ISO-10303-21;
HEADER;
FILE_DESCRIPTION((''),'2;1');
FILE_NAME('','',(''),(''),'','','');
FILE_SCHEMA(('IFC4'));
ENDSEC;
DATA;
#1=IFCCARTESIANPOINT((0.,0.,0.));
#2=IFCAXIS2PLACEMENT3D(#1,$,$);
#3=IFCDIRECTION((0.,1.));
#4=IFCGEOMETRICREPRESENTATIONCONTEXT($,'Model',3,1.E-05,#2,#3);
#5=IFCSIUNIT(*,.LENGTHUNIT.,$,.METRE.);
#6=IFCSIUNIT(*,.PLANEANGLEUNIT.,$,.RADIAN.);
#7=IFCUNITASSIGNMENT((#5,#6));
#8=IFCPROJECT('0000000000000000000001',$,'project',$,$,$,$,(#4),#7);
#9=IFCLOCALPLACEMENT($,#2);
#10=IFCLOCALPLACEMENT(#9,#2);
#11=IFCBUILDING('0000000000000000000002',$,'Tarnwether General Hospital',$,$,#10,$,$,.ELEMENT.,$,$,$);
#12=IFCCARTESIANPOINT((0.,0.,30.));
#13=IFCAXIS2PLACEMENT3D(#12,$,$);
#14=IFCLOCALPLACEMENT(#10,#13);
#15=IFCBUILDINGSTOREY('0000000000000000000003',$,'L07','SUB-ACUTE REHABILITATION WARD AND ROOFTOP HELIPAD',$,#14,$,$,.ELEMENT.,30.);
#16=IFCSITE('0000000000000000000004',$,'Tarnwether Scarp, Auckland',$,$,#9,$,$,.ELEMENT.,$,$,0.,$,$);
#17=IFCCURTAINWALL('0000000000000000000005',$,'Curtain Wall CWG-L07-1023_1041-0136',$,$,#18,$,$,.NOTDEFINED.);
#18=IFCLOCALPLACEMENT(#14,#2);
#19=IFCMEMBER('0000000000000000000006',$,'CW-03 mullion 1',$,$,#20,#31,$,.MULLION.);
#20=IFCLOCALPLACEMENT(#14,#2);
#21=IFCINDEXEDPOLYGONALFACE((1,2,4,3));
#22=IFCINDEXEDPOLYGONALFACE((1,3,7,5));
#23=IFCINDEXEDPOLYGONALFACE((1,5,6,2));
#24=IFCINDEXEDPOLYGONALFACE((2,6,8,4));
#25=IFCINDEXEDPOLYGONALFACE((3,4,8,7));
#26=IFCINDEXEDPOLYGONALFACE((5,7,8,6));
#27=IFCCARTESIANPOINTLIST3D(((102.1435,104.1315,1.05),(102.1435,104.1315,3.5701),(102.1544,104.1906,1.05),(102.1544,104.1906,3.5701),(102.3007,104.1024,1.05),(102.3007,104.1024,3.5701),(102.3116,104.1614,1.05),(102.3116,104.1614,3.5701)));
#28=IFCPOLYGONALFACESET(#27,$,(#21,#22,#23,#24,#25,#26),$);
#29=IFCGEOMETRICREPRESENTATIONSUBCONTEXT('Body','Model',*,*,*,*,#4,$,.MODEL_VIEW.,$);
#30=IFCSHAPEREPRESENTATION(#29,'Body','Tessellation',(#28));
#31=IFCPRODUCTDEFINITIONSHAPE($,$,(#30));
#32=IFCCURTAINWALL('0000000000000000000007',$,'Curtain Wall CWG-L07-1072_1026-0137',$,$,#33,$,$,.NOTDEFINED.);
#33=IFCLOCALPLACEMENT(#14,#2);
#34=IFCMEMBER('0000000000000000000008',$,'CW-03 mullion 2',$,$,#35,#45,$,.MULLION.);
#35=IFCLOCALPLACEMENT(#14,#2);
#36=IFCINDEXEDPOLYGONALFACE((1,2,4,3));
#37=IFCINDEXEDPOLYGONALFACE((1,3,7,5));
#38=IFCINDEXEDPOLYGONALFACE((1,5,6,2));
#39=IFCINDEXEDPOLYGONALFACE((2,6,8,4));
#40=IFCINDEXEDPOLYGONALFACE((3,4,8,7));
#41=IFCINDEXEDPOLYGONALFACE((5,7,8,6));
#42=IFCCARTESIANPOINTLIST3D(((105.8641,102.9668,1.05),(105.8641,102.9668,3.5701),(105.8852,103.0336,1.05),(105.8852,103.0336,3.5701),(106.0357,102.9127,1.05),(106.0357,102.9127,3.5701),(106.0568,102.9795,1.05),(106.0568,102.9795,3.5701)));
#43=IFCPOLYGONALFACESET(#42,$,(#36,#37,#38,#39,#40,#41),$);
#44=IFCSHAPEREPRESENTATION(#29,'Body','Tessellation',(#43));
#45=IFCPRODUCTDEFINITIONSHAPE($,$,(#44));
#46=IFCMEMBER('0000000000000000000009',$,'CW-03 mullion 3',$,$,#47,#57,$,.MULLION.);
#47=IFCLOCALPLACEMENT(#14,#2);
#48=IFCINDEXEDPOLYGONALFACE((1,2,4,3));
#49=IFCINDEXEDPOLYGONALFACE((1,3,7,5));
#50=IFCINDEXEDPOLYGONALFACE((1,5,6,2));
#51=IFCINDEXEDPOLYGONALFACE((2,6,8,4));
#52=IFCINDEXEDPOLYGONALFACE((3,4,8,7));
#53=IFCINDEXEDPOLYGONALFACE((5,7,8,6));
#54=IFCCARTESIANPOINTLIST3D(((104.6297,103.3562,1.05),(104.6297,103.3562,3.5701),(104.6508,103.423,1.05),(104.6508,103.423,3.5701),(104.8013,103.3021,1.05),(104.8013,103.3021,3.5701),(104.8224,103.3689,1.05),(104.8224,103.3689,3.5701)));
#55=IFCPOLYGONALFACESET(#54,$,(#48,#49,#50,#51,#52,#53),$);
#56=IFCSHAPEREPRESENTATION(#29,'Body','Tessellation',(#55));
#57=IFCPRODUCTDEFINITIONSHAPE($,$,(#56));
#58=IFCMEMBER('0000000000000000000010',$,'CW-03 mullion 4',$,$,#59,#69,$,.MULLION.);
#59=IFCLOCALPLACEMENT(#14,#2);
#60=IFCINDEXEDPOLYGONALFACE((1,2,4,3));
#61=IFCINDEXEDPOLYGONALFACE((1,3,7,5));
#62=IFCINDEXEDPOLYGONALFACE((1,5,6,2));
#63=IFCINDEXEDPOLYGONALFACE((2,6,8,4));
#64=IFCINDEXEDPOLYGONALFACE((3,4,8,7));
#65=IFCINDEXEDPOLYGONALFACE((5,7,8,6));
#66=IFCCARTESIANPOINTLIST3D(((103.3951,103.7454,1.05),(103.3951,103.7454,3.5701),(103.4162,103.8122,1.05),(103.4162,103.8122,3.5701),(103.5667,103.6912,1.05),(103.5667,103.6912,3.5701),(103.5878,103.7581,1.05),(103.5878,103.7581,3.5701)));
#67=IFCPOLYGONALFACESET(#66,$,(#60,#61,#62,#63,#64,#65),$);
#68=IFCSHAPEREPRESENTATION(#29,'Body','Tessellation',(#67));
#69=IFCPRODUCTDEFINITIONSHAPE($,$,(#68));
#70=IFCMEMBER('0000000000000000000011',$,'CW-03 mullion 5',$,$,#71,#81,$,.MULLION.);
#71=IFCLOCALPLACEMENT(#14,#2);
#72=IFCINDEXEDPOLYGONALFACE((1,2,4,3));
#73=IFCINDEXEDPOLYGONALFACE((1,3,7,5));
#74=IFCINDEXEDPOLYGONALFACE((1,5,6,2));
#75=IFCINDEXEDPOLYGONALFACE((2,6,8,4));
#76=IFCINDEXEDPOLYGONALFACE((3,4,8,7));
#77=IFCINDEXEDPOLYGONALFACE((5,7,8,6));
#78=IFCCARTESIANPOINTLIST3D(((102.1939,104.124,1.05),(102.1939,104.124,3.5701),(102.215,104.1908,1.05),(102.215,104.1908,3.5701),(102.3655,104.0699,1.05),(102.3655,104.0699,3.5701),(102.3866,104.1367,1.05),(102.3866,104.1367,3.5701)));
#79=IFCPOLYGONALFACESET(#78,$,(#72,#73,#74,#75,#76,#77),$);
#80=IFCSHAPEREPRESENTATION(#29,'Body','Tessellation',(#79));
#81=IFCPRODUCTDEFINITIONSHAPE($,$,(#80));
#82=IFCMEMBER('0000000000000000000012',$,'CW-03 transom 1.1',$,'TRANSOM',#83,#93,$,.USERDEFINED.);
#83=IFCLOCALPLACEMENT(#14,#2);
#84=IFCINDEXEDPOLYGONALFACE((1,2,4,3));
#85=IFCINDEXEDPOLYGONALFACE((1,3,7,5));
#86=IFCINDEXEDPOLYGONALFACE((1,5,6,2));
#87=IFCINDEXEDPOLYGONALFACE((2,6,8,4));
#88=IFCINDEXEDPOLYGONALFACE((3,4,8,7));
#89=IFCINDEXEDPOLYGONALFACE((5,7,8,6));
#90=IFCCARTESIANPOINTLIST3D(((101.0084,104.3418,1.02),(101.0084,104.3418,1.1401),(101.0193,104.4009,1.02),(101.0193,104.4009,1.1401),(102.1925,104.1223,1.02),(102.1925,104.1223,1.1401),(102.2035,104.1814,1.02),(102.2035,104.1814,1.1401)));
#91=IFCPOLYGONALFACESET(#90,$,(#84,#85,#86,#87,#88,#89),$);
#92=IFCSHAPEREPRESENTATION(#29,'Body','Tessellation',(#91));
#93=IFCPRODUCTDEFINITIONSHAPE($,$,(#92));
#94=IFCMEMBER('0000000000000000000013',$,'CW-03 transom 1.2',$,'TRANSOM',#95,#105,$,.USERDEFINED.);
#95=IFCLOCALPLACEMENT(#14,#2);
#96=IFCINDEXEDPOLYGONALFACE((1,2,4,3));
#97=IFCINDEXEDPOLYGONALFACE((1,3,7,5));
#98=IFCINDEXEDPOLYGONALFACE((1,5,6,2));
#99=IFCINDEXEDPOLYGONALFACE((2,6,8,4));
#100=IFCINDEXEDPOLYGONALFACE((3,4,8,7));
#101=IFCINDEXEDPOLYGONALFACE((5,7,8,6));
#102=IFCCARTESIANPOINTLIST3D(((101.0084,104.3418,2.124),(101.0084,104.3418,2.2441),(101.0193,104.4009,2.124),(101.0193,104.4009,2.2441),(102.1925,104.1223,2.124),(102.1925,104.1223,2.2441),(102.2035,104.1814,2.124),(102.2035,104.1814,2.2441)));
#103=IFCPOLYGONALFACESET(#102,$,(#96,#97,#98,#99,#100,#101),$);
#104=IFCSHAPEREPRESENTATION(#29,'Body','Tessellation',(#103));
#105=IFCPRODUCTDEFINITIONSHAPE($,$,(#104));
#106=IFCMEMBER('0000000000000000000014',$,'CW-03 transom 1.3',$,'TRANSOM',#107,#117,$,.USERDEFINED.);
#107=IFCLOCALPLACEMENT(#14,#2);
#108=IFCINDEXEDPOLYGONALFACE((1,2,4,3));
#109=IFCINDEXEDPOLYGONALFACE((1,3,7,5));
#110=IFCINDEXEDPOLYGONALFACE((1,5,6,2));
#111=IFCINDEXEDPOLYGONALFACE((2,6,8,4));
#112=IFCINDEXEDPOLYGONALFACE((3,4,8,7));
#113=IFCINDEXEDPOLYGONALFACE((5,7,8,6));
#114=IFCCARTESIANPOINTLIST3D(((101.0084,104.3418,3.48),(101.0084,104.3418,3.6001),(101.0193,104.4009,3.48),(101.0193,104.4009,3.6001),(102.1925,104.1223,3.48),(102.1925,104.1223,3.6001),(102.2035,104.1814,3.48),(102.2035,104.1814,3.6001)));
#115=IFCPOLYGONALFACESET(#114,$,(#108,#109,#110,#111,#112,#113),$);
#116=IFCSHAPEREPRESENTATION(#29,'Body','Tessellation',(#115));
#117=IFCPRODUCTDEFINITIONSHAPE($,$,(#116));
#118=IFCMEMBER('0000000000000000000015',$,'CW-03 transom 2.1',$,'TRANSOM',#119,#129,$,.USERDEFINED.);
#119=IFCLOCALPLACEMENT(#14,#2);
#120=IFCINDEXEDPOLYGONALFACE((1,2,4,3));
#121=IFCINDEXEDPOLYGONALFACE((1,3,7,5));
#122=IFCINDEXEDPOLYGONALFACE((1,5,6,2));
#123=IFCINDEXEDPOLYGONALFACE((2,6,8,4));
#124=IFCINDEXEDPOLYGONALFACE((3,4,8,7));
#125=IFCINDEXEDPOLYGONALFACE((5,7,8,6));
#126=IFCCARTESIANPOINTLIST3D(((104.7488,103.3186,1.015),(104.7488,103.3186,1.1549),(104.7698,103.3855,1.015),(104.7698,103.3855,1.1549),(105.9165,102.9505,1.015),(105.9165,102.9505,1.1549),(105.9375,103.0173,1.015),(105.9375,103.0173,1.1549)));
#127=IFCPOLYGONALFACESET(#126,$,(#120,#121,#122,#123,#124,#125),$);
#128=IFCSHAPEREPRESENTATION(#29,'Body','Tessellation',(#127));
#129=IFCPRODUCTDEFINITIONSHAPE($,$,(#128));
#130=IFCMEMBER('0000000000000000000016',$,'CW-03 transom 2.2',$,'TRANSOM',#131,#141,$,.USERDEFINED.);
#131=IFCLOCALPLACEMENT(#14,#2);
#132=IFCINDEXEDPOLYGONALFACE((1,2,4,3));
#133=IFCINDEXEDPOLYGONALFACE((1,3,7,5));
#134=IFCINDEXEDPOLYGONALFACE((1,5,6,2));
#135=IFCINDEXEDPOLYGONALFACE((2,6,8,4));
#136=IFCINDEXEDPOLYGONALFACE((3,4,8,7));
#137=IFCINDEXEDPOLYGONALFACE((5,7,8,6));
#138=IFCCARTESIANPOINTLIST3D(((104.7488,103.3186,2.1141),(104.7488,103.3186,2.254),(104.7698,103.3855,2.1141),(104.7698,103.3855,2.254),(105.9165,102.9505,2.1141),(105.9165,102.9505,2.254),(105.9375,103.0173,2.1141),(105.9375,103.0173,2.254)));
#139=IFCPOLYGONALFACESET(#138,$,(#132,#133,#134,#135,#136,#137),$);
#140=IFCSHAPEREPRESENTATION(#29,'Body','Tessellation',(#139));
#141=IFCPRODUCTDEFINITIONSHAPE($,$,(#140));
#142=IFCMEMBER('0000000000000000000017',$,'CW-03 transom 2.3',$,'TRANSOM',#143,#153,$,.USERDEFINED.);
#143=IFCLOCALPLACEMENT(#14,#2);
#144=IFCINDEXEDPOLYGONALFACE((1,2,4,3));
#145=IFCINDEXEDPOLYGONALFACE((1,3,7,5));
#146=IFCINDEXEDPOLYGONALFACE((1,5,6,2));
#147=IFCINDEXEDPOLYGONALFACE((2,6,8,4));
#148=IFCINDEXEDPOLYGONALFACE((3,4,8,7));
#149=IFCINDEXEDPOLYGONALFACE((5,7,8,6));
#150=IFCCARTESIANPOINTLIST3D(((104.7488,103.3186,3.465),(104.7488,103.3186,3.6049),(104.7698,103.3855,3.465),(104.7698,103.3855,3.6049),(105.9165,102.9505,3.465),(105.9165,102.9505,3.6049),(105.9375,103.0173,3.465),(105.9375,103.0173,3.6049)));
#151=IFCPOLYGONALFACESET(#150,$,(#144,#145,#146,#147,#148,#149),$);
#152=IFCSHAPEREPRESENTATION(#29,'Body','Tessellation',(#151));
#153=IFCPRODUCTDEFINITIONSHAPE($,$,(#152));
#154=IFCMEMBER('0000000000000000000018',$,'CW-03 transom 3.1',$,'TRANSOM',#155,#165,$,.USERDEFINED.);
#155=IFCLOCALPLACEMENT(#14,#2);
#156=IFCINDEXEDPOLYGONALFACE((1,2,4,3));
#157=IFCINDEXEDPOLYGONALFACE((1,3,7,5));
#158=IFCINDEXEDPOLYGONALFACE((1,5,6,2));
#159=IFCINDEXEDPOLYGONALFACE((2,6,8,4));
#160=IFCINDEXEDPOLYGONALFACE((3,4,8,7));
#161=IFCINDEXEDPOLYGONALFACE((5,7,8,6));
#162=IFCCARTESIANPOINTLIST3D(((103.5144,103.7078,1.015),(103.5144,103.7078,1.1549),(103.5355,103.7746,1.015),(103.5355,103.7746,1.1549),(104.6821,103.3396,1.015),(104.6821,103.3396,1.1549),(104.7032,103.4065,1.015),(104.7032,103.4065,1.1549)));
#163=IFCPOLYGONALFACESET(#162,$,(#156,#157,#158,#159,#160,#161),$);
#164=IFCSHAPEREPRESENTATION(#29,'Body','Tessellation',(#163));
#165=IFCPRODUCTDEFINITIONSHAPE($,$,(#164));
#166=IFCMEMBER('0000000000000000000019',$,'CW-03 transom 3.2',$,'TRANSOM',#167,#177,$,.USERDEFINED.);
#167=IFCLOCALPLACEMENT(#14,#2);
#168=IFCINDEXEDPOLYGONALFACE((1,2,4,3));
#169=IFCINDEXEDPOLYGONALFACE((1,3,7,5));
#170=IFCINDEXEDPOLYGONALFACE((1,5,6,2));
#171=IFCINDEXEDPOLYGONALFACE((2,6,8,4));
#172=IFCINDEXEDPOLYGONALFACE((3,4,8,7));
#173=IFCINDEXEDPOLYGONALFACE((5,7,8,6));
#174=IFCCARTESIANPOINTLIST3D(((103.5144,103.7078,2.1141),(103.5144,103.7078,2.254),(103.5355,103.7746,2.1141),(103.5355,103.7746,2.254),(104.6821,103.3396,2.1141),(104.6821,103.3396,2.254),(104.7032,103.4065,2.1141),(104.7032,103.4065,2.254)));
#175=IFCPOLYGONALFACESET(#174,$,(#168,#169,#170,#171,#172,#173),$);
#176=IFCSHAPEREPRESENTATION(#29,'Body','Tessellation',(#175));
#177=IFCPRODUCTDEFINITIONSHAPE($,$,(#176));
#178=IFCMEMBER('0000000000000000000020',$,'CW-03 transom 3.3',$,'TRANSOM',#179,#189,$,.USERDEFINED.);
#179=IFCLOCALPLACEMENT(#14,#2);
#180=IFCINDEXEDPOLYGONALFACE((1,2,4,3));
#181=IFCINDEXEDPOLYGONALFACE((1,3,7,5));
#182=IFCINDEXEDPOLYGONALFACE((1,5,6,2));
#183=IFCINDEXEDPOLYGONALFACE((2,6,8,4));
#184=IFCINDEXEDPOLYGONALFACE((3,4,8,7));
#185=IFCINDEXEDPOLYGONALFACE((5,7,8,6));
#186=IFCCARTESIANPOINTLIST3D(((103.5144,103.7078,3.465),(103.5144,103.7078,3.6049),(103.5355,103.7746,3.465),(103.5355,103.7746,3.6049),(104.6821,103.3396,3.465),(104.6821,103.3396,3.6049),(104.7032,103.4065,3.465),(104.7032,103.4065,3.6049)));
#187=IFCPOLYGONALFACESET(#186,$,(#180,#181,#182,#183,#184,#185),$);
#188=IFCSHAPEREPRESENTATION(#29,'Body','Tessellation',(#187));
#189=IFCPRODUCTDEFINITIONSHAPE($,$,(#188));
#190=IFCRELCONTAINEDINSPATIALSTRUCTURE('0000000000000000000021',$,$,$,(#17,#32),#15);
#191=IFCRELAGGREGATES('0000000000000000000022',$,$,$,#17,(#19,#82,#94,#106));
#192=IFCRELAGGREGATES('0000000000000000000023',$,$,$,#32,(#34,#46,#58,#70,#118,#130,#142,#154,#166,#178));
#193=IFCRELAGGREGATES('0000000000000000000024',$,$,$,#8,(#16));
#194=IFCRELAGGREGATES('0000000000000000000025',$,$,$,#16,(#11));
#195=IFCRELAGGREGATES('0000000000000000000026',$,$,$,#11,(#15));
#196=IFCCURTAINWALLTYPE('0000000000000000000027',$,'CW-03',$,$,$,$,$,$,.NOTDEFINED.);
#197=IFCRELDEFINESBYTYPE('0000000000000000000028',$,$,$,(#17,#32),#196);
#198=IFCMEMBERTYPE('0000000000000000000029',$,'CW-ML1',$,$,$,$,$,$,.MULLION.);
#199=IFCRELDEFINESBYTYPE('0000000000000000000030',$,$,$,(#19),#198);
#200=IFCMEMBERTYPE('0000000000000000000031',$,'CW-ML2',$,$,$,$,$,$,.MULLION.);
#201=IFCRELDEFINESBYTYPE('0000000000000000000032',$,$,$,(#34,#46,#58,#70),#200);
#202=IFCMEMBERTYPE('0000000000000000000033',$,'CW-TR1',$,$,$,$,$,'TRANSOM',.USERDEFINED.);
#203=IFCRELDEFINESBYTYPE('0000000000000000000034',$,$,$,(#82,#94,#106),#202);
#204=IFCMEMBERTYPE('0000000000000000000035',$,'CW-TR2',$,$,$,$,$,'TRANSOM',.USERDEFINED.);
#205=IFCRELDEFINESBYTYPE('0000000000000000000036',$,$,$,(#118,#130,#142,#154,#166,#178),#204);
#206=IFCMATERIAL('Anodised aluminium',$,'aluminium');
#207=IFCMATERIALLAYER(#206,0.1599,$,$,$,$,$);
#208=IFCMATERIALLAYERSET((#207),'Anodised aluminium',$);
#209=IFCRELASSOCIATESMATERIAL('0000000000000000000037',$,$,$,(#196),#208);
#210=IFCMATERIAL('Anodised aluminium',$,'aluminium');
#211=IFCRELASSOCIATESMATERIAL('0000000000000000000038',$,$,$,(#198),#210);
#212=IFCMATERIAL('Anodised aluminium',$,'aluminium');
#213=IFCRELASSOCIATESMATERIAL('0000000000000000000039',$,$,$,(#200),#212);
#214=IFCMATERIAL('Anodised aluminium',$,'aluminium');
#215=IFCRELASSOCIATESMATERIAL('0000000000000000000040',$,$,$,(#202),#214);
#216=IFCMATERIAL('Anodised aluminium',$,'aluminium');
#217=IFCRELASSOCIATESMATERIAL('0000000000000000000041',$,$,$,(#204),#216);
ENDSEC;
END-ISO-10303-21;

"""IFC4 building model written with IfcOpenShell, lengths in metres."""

from ifc_helpers import new_model, si_unit, direction, frame, origin, origin_2d, place, context, subcontext, project, spatial, rectangle, extrude, material, layer, layer_set, material_profile, profile_set, type_object, element, aggregate, save


model = new_model("IFC4")

# Units and contexts
model_context = context("Model", 3, precision=1e-05, world=origin(), true_north=direction((0.0, 1.0)))
body_context = subcontext(model_context, "Body", "Model", "MODEL_VIEW")
ifc_project = project(units=[si_unit("LENGTHUNIT", "METRE"), si_unit("PLANEANGLEUNIT", "RADIAN")], contexts=[model_context])

# Site, building, storey
site_placement = place(None, origin())
site = spatial("IfcSite", under=ifc_project, at=site_placement, Name="Tarnwether Scarp, Auckland", CompositionType="ELEMENT", RefElevation=0.0)
building_placement = place(site_placement, origin())
building = spatial("IfcBuilding", under=site, at=building_placement, Name="Tarnwether General Hospital", CompositionType="ELEMENT")
storey_placement = place(building_placement, frame((0.0, 0.0, 30.0)))
storey = spatial("IfcBuildingStorey", under=building, at=storey_placement, Name="L07", Description="SUB-ACUTE REHABILITATION WARD AND ROOFTOP HELIPAD", CompositionType="ELEMENT", Elevation=30.0)

# Curtain wall, member
ifc_material_1 = material(Name="Anodised aluminium", Category="aluminium")
ifc_layer_1 = layer(ifc_material_1, 0.1599)
ifc_layer_set_1 = layer_set([ifc_layer_1], Name="Anodised aluminium")
curtain_wall_type = type_object("IfcCurtainWallType", Name="CW-03", PredefinedType="NOTDEFINED", material=ifc_layer_set_1)
curtain_wall_1_placement = place(storey_placement, origin())
curtain_wall_1 = element("IfcCurtainWall", 1, at=curtain_wall_1_placement, inside=storey, type_object=curtain_wall_type, Name="Curtain Wall CWG-L07-1023_1041-0136", PredefinedType="NOTDEFINED")
ifc_material_2 = material(Name="Anodised aluminium", Category="aluminium")
ifc_material_profile_1 = material_profile(ifc_material_2, rectangle(XDim=0.0601, YDim=0.1599, at=origin_2d()), Name="ALU-MUL-60x160")
ifc_profile_set_1 = profile_set([ifc_material_profile_1], Name="Anodised aluminium")
member_type_1 = type_object("IfcMemberType", Name="CW-ML1", PredefinedType="MULLION", material=ifc_profile_set_1)
member_1_placement = place(storey_placement, frame((102.2275, 104.1465, 1.05), z_axis=(0.0, 0.0, 1.0), x_axis=(-0.182165, -0.983268, 0.0)))
member_1 = element("IfcMember", 2, at=member_1_placement, type_object=member_type_1, Name="CW-03 mullion 1", PredefinedType="MULLION", context=body_context, shape_type="SweptSolid", body=[
    extrude(rectangle(XDim=0.0601, YDim=0.1599, at=origin_2d()), origin(), (0.0, 0.0, 1.0), 2.52),
])

# Curtain wall, members
curtain_wall_2_placement = place(storey_placement, origin())
curtain_wall_2 = element("IfcCurtainWall", 3, at=curtain_wall_2_placement, inside=storey, type_object=curtain_wall_type, Name="Curtain Wall CWG-L07-1072_1026-0137", PredefinedType="NOTDEFINED")
ifc_material_3 = material(Name="Anodised aluminium", Category="aluminium")
ifc_material_profile_2 = material_profile(ifc_material_3, rectangle(XDim=0.0701, YDim=0.1799, at=origin_2d()), Name="ALU-MUL-70x180")
ifc_profile_set_2 = profile_set([ifc_material_profile_2], Name="Anodised aluminium")
member_type_2 = type_object("IfcMemberType", Name="CW-ML2", PredefinedType="MULLION", material=ifc_profile_set_2)
member_2_placement = place(storey_placement, frame((105.9604, 102.9731, 1.05), z_axis=(0.0, 0.0, 1.0), x_axis=(-0.300715, -0.953714, 0.0)))
member_2 = element("IfcMember", 4, at=member_2_placement, type_object=member_type_2, Name="CW-03 mullion 2", PredefinedType="MULLION", context=body_context, shape_type="SweptSolid", body=[
    extrude(rectangle(XDim=0.0701, YDim=0.1799, at=origin_2d()), origin(), (0.0, 0.0, 1.0), 2.52),
])
member_3_placement = place(storey_placement, frame((104.7261, 103.3625, 1.05), z_axis=(0.0, 0.0, 1.0), x_axis=(-0.300715, -0.953714, 0.0)))
member_3 = element("IfcMember", 5, at=member_3_placement, type_object=member_type_2, Name="CW-03 mullion 3", PredefinedType="MULLION", context=body_context, shape_type="SweptSolid", body=[
    extrude(rectangle(XDim=0.0701, YDim=0.1799, at=origin_2d()), origin(), (0.0, 0.0, 1.0), 2.52),
])
member_4_placement = place(storey_placement, frame((103.4915, 103.7517, 1.05), z_axis=(0.0, 0.0, 1.0), x_axis=(-0.300715, -0.953714, 0.0)))
member_4 = element("IfcMember", 6, at=member_4_placement, type_object=member_type_2, Name="CW-03 mullion 4", PredefinedType="MULLION", context=body_context, shape_type="SweptSolid", body=[
    extrude(rectangle(XDim=0.0701, YDim=0.1799, at=origin_2d()), origin(), (0.0, 0.0, 1.0), 2.52),
])
member_5_placement = place(storey_placement, frame((102.2903, 104.1304, 1.05), z_axis=(0.0, 0.0, 1.0), x_axis=(-0.300715, -0.953714, 0.0)))
member_5 = element("IfcMember", 7, at=member_5_placement, type_object=member_type_2, Name="CW-03 mullion 5", PredefinedType="MULLION", context=body_context, shape_type="SweptSolid", body=[
    extrude(rectangle(XDim=0.0701, YDim=0.1799, at=origin_2d()), origin(), (0.0, 0.0, 1.0), 2.52),
])

# Members
ifc_material_4 = material(Name="Anodised aluminium", Category="aluminium")
ifc_material_profile_3 = material_profile(ifc_material_4, rectangle(XDim=0.0601, YDim=0.1201, at=origin_2d()), Name="ALU-TRN-60x120")
ifc_profile_set_3 = profile_set([ifc_material_profile_3], Name="Anodised aluminium")
member_type_3 = type_object("IfcMemberType", Name="CW-TR1", ElementType="TRANSOM", PredefinedType="USERDEFINED", material=ifc_profile_set_3)
member_6_placement = place(storey_placement, frame((102.198, 104.1519, 1.0801), z_axis=(-0.983251, 0.182256, 0.0), x_axis=(-0.182256, -0.983251, 0.0)))
member_6 = element("IfcMember", 8, at=member_6_placement, type_object=member_type_3, Name="CW-03 transom 1.1", ObjectType="TRANSOM", PredefinedType="USERDEFINED", context=body_context, shape_type="SweptSolid", body=[
    extrude(rectangle(XDim=0.0601, YDim=0.1201, at=origin_2d()), origin(), (0.0, 0.0, 1.0), 1.2043),
])
member_7_placement = place(storey_placement, frame((102.198, 104.1519, 2.1841), z_axis=(-0.983251, 0.182256, 0.0), x_axis=(-0.182256, -0.983251, 0.0)))
member_7 = element("IfcMember", 9, at=member_7_placement, type_object=member_type_3, Name="CW-03 transom 1.2", ObjectType="TRANSOM", PredefinedType="USERDEFINED", context=body_context, shape_type="SweptSolid", body=[
    extrude(rectangle(XDim=0.0601, YDim=0.1201, at=origin_2d()), origin(), (0.0, 0.0, 1.0), 1.2043),
])
member_8_placement = place(storey_placement, frame((102.198, 104.1519, 3.54), z_axis=(-0.983251, 0.182256, 0.0), x_axis=(-0.182256, -0.983251, 0.0)))
member_8 = element("IfcMember", 10, at=member_8_placement, type_object=member_type_3, Name="CW-03 transom 1.3", ObjectType="TRANSOM", PredefinedType="USERDEFINED", context=body_context, shape_type="SweptSolid", body=[
    extrude(rectangle(XDim=0.0601, YDim=0.1201, at=origin_2d()), origin(), (0.0, 0.0, 1.0), 1.2043),
])
aggregate(curtain_wall_1, [member_1, member_6, member_7, member_8])
ifc_material_5 = material(Name="Anodised aluminium", Category="aluminium")
ifc_material_profile_4 = material_profile(ifc_material_5, rectangle(XDim=0.0701, YDim=0.1399, at=origin_2d()), Name="ALU-TRN-70x140")
ifc_profile_set_4 = profile_set([ifc_material_profile_4], Name="Anodised aluminium")
member_type_4 = type_object("IfcMemberType", Name="CW-TR2", ElementType="TRANSOM", PredefinedType="USERDEFINED", material=ifc_profile_set_4)
member_9_placement = place(storey_placement, frame((105.927, 102.9839, 1.085), z_axis=(-0.953721, 0.300692, 0.0), x_axis=(-0.300692, -0.953721, 0.0)))
member_9 = element("IfcMember", 11, at=member_9_placement, type_object=member_type_4, Name="CW-03 transom 2.1", ObjectType="TRANSOM", PredefinedType="USERDEFINED", context=body_context, shape_type="SweptSolid", body=[
    extrude(rectangle(XDim=0.0701, YDim=0.1399, at=origin_2d()), origin(), (0.0, 0.0, 1.0), 1.2244),
])
member_10_placement = place(storey_placement, frame((105.927, 102.9839, 2.1841), z_axis=(-0.953721, 0.300692, 0.0), x_axis=(-0.300692, -0.953721, 0.0)))
member_10 = element("IfcMember", 12, at=member_10_placement, type_object=member_type_4, Name="CW-03 transom 2.2", ObjectType="TRANSOM", PredefinedType="USERDEFINED", context=body_context, shape_type="SweptSolid", body=[
    extrude(rectangle(XDim=0.0701, YDim=0.1399, at=origin_2d()), origin(), (0.0, 0.0, 1.0), 1.2244),
])
member_11_placement = place(storey_placement, frame((105.927, 102.9839, 3.5349), z_axis=(-0.953721, 0.300692, 0.0), x_axis=(-0.300692, -0.953721, 0.0)))
member_11 = element("IfcMember", 13, at=member_11_placement, type_object=member_type_4, Name="CW-03 transom 2.3", ObjectType="TRANSOM", PredefinedType="USERDEFINED", context=body_context, shape_type="SweptSolid", body=[
    extrude(rectangle(XDim=0.0701, YDim=0.1399, at=origin_2d()), origin(), (0.0, 0.0, 1.0), 1.2244),
])
member_12_placement = place(storey_placement, frame((104.6926, 103.373, 1.085), z_axis=(-0.953721, 0.300692, 0.0), x_axis=(-0.300692, -0.953721, 0.0)))
member_12 = element("IfcMember", 14, at=member_12_placement, type_object=member_type_4, Name="CW-03 transom 3.1", ObjectType="TRANSOM", PredefinedType="USERDEFINED", context=body_context, shape_type="SweptSolid", body=[
    extrude(rectangle(XDim=0.0701, YDim=0.1399, at=origin_2d()), origin(), (0.0, 0.0, 1.0), 1.2244),
])
member_13_placement = place(storey_placement, frame((104.6926, 103.373, 2.1841), z_axis=(-0.953721, 0.300692, 0.0), x_axis=(-0.300692, -0.953721, 0.0)))
member_13 = element("IfcMember", 15, at=member_13_placement, type_object=member_type_4, Name="CW-03 transom 3.2", ObjectType="TRANSOM", PredefinedType="USERDEFINED", context=body_context, shape_type="SweptSolid", body=[
    extrude(rectangle(XDim=0.0701, YDim=0.1399, at=origin_2d()), origin(), (0.0, 0.0, 1.0), 1.2244),
])
member_14_placement = place(storey_placement, frame((104.6926, 103.373, 3.5349), z_axis=(-0.953721, 0.300692, 0.0), x_axis=(-0.300692, -0.953721, 0.0)))
member_14 = element("IfcMember", 16, at=member_14_placement, type_object=member_type_4, Name="CW-03 transom 3.3", ObjectType="TRANSOM", PredefinedType="USERDEFINED", context=body_context, shape_type="SweptSolid", body=[
    extrude(rectangle(XDim=0.0701, YDim=0.1399, at=origin_2d()), origin(), (0.0, 0.0, 1.0), 1.2244),
])

aggregate(curtain_wall_2, [member_2, member_3, member_4, member_5, member_9, member_10, member_11, member_12, member_13, member_14])

save(model, "model.ifc")
